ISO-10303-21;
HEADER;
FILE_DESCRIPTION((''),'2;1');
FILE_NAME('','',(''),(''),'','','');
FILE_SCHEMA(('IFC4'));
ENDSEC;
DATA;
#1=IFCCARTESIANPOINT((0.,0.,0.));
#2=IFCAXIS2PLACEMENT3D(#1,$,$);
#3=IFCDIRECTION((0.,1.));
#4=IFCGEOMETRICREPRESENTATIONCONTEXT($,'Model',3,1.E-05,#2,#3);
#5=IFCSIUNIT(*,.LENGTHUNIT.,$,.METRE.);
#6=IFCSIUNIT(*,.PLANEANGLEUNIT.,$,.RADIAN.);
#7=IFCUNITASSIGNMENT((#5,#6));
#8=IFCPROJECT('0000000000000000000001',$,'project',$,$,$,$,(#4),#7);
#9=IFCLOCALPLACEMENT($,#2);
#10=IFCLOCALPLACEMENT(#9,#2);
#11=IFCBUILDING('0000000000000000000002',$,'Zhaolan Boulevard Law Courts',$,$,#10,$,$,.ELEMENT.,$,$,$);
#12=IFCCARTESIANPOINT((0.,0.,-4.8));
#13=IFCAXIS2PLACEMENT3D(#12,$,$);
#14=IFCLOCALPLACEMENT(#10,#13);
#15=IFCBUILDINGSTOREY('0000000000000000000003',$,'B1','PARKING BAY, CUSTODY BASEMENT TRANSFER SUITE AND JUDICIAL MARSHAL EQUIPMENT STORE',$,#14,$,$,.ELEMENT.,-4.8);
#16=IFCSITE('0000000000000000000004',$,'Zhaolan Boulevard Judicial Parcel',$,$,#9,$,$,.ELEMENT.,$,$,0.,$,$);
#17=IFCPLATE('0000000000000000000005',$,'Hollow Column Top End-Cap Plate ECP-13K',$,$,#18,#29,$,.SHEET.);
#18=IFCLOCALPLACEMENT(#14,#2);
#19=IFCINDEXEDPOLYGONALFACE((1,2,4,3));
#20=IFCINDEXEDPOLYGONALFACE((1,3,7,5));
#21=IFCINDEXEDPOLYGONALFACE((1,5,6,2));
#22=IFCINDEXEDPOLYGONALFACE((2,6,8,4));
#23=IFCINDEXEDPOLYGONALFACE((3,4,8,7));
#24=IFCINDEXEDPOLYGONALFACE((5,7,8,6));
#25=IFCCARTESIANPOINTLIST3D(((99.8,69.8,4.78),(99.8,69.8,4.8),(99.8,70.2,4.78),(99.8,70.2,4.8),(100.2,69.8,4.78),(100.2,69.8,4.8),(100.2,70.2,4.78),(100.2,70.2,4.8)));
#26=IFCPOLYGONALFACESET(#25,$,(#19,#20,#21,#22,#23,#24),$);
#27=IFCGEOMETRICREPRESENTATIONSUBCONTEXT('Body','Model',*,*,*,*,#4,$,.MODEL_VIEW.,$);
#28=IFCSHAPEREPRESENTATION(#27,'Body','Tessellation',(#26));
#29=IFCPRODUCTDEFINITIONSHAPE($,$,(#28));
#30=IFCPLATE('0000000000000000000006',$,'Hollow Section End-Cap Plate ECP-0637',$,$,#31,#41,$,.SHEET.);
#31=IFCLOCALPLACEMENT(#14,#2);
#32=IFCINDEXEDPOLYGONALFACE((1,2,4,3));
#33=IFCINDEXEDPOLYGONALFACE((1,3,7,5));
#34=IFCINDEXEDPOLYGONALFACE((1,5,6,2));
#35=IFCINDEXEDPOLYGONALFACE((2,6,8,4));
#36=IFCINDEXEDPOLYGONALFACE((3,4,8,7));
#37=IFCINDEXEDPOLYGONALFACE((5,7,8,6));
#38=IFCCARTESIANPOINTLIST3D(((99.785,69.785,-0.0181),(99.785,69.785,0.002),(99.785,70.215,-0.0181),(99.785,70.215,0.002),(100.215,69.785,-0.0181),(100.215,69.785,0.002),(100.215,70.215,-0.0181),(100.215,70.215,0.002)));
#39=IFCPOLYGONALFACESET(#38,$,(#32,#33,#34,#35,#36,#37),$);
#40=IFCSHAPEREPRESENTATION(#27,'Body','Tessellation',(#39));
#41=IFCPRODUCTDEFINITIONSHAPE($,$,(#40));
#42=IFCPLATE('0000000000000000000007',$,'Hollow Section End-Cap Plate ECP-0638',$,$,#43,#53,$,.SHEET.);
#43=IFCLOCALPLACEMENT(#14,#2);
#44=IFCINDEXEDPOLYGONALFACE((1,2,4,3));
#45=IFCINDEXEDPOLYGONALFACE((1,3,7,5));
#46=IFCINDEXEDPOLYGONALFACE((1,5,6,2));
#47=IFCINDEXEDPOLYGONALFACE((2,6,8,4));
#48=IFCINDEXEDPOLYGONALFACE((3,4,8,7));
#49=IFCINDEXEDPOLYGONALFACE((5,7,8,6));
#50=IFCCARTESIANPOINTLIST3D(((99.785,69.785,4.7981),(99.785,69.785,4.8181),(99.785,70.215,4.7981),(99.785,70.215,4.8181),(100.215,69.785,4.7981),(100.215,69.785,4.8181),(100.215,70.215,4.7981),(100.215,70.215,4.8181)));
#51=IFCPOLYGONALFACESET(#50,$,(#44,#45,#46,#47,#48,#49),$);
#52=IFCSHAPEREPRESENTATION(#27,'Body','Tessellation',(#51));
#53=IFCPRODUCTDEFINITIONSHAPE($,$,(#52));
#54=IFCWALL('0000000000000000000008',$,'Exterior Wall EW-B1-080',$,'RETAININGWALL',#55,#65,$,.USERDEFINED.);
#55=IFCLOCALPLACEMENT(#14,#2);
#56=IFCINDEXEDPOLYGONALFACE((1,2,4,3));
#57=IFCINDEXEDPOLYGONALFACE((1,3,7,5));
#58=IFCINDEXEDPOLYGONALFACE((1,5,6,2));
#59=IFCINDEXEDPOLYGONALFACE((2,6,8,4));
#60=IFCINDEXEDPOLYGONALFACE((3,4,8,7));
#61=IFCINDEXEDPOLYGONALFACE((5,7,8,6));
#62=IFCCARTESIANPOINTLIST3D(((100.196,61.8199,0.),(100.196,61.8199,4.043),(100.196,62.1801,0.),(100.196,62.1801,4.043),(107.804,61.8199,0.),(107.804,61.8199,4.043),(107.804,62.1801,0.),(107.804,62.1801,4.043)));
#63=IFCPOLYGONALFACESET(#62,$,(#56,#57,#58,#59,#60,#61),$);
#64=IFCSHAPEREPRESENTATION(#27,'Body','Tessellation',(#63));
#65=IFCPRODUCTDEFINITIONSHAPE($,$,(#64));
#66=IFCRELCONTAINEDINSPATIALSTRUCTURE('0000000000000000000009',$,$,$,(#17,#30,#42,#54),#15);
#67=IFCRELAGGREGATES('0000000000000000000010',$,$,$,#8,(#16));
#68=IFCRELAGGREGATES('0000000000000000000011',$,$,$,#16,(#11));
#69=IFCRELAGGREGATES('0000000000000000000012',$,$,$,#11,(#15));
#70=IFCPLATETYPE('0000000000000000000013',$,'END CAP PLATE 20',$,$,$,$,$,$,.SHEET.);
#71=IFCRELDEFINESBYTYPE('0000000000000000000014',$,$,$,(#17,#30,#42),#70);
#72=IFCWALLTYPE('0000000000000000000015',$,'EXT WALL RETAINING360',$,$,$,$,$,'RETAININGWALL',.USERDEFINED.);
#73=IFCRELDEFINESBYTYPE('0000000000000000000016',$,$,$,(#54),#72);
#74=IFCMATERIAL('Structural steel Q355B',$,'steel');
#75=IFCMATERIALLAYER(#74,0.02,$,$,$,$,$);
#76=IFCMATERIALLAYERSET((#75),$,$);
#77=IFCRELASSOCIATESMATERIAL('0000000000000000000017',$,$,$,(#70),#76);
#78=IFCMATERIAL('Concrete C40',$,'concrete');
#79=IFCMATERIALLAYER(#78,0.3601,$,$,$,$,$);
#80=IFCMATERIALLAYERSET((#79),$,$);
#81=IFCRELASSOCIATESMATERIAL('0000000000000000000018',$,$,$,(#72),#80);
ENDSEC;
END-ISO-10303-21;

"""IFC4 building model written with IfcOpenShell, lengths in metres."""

from ifc_helpers import new_model, si_unit, direction, frame, frame_2d, origin, origin_2d, place, context, subcontext, project, spatial, rectangle, extrude, material, layer, layer_set, type_object, element, save


model = new_model("IFC4")

# Units and contexts
model_context = context("Model", 3, precision=1e-05, world=origin(), true_north=direction((0.0, 1.0)))
body_context = subcontext(model_context, "Body", "Model", "MODEL_VIEW")
ifc_project = project(units=[si_unit("LENGTHUNIT", "METRE"), si_unit("PLANEANGLEUNIT", "RADIAN")], contexts=[model_context])

# Site, building, storey
site_placement = place(None, origin())
site = spatial("IfcSite", under=ifc_project, at=site_placement, Name="Zhaolan Boulevard Judicial Parcel", CompositionType="ELEMENT", RefElevation=0.0)
building_placement = place(site_placement, origin())
building = spatial("IfcBuilding", under=site, at=building_placement, Name="Zhaolan Boulevard Law Courts", CompositionType="ELEMENT")
storey_placement = place(building_placement, frame((0.0, 0.0, -4.8)))
storey = spatial("IfcBuildingStorey", under=building, at=storey_placement, Name="B1", Description="PARKING BAY, CUSTODY BASEMENT TRANSFER SUITE AND JUDICIAL MARSHAL EQUIPMENT STORE", CompositionType="ELEMENT", Elevation=-4.8)

# Plates
ifc_material_1 = material(Name="Structural steel Q355B", Category="steel")
ifc_layer_1 = layer(ifc_material_1, 0.02)
ifc_layer_set_1 = layer_set([ifc_layer_1])
plate_type = type_object("IfcPlateType", Name="END CAP PLATE 20", PredefinedType="SHEET", material=ifc_layer_set_1)
plate_placement = place(storey_placement, frame((100.0, 70.0, 4.78), z_axis=(0.0, 0.0, 1.0), x_axis=(1.0, 0.0, 0.0)))
element("IfcPlate", 1, at=plate_placement, inside=storey, type_object=plate_type, Name="Hollow Column Top End-Cap Plate ECP-13K", PredefinedType="SHEET", context=body_context, shape_type="SweptSolid", body=[
    extrude(rectangle(XDim=0.3999, YDim=0.3999, at=origin_2d()), origin(), (0.0, 0.0, 1.0), 0.02),
])
for number, where, z_axis, x_axis, name in (
    (2, (100.0, 70.0, -0.0181), (0.0, 0.0, 1.0), (1.0, 0.0, 0.0), "Hollow Section End-Cap Plate ECP-0637"),
    (3, (100.0, 70.0, 4.7981), (0.0, 0.0, 1.0), (1.0, 0.0, 0.0), "Hollow Section End-Cap Plate ECP-0638"),
):
    element("IfcPlate", number, at=place(storey_placement, frame(where, z_axis=z_axis, x_axis=x_axis)), inside=storey, type_object=plate_type, Name=name, PredefinedType="SHEET", context=body_context, shape_type="SweptSolid", body=[
        extrude(rectangle(XDim=0.4299, YDim=0.4299, at=origin_2d()), origin(), (0.0, 0.0, 1.0), 0.02),
    ])

# Wall
ifc_material_2 = material(Name="Concrete C40", Category="concrete")
ifc_layer_2 = layer(ifc_material_2, 0.3601)
ifc_layer_set_2 = layer_set([ifc_layer_2])
wall_type = type_object("IfcWallType", Name="EXT WALL RETAINING360", ElementType="RETAININGWALL", PredefinedType="USERDEFINED", material=ifc_layer_set_2)
wall_placement = place(storey_placement, frame((100.196, 62.0, 0.0), z_axis=(0.0, 0.0, 1.0), x_axis=(1.0, 0.0, 0.0)))
element("IfcWall", 4, at=wall_placement, inside=storey, type_object=wall_type, Name="Exterior Wall EW-B1-080", ObjectType="RETAININGWALL", PredefinedType="USERDEFINED", context=body_context, shape_type="SweptSolid", body=[
    extrude(rectangle(XDim=7.6079, YDim=0.3601, at=frame_2d((3.804, 0.0))), origin(), (0.0, 0.0, 1.0), 4.043),
])

save(model, "model.ifc")
